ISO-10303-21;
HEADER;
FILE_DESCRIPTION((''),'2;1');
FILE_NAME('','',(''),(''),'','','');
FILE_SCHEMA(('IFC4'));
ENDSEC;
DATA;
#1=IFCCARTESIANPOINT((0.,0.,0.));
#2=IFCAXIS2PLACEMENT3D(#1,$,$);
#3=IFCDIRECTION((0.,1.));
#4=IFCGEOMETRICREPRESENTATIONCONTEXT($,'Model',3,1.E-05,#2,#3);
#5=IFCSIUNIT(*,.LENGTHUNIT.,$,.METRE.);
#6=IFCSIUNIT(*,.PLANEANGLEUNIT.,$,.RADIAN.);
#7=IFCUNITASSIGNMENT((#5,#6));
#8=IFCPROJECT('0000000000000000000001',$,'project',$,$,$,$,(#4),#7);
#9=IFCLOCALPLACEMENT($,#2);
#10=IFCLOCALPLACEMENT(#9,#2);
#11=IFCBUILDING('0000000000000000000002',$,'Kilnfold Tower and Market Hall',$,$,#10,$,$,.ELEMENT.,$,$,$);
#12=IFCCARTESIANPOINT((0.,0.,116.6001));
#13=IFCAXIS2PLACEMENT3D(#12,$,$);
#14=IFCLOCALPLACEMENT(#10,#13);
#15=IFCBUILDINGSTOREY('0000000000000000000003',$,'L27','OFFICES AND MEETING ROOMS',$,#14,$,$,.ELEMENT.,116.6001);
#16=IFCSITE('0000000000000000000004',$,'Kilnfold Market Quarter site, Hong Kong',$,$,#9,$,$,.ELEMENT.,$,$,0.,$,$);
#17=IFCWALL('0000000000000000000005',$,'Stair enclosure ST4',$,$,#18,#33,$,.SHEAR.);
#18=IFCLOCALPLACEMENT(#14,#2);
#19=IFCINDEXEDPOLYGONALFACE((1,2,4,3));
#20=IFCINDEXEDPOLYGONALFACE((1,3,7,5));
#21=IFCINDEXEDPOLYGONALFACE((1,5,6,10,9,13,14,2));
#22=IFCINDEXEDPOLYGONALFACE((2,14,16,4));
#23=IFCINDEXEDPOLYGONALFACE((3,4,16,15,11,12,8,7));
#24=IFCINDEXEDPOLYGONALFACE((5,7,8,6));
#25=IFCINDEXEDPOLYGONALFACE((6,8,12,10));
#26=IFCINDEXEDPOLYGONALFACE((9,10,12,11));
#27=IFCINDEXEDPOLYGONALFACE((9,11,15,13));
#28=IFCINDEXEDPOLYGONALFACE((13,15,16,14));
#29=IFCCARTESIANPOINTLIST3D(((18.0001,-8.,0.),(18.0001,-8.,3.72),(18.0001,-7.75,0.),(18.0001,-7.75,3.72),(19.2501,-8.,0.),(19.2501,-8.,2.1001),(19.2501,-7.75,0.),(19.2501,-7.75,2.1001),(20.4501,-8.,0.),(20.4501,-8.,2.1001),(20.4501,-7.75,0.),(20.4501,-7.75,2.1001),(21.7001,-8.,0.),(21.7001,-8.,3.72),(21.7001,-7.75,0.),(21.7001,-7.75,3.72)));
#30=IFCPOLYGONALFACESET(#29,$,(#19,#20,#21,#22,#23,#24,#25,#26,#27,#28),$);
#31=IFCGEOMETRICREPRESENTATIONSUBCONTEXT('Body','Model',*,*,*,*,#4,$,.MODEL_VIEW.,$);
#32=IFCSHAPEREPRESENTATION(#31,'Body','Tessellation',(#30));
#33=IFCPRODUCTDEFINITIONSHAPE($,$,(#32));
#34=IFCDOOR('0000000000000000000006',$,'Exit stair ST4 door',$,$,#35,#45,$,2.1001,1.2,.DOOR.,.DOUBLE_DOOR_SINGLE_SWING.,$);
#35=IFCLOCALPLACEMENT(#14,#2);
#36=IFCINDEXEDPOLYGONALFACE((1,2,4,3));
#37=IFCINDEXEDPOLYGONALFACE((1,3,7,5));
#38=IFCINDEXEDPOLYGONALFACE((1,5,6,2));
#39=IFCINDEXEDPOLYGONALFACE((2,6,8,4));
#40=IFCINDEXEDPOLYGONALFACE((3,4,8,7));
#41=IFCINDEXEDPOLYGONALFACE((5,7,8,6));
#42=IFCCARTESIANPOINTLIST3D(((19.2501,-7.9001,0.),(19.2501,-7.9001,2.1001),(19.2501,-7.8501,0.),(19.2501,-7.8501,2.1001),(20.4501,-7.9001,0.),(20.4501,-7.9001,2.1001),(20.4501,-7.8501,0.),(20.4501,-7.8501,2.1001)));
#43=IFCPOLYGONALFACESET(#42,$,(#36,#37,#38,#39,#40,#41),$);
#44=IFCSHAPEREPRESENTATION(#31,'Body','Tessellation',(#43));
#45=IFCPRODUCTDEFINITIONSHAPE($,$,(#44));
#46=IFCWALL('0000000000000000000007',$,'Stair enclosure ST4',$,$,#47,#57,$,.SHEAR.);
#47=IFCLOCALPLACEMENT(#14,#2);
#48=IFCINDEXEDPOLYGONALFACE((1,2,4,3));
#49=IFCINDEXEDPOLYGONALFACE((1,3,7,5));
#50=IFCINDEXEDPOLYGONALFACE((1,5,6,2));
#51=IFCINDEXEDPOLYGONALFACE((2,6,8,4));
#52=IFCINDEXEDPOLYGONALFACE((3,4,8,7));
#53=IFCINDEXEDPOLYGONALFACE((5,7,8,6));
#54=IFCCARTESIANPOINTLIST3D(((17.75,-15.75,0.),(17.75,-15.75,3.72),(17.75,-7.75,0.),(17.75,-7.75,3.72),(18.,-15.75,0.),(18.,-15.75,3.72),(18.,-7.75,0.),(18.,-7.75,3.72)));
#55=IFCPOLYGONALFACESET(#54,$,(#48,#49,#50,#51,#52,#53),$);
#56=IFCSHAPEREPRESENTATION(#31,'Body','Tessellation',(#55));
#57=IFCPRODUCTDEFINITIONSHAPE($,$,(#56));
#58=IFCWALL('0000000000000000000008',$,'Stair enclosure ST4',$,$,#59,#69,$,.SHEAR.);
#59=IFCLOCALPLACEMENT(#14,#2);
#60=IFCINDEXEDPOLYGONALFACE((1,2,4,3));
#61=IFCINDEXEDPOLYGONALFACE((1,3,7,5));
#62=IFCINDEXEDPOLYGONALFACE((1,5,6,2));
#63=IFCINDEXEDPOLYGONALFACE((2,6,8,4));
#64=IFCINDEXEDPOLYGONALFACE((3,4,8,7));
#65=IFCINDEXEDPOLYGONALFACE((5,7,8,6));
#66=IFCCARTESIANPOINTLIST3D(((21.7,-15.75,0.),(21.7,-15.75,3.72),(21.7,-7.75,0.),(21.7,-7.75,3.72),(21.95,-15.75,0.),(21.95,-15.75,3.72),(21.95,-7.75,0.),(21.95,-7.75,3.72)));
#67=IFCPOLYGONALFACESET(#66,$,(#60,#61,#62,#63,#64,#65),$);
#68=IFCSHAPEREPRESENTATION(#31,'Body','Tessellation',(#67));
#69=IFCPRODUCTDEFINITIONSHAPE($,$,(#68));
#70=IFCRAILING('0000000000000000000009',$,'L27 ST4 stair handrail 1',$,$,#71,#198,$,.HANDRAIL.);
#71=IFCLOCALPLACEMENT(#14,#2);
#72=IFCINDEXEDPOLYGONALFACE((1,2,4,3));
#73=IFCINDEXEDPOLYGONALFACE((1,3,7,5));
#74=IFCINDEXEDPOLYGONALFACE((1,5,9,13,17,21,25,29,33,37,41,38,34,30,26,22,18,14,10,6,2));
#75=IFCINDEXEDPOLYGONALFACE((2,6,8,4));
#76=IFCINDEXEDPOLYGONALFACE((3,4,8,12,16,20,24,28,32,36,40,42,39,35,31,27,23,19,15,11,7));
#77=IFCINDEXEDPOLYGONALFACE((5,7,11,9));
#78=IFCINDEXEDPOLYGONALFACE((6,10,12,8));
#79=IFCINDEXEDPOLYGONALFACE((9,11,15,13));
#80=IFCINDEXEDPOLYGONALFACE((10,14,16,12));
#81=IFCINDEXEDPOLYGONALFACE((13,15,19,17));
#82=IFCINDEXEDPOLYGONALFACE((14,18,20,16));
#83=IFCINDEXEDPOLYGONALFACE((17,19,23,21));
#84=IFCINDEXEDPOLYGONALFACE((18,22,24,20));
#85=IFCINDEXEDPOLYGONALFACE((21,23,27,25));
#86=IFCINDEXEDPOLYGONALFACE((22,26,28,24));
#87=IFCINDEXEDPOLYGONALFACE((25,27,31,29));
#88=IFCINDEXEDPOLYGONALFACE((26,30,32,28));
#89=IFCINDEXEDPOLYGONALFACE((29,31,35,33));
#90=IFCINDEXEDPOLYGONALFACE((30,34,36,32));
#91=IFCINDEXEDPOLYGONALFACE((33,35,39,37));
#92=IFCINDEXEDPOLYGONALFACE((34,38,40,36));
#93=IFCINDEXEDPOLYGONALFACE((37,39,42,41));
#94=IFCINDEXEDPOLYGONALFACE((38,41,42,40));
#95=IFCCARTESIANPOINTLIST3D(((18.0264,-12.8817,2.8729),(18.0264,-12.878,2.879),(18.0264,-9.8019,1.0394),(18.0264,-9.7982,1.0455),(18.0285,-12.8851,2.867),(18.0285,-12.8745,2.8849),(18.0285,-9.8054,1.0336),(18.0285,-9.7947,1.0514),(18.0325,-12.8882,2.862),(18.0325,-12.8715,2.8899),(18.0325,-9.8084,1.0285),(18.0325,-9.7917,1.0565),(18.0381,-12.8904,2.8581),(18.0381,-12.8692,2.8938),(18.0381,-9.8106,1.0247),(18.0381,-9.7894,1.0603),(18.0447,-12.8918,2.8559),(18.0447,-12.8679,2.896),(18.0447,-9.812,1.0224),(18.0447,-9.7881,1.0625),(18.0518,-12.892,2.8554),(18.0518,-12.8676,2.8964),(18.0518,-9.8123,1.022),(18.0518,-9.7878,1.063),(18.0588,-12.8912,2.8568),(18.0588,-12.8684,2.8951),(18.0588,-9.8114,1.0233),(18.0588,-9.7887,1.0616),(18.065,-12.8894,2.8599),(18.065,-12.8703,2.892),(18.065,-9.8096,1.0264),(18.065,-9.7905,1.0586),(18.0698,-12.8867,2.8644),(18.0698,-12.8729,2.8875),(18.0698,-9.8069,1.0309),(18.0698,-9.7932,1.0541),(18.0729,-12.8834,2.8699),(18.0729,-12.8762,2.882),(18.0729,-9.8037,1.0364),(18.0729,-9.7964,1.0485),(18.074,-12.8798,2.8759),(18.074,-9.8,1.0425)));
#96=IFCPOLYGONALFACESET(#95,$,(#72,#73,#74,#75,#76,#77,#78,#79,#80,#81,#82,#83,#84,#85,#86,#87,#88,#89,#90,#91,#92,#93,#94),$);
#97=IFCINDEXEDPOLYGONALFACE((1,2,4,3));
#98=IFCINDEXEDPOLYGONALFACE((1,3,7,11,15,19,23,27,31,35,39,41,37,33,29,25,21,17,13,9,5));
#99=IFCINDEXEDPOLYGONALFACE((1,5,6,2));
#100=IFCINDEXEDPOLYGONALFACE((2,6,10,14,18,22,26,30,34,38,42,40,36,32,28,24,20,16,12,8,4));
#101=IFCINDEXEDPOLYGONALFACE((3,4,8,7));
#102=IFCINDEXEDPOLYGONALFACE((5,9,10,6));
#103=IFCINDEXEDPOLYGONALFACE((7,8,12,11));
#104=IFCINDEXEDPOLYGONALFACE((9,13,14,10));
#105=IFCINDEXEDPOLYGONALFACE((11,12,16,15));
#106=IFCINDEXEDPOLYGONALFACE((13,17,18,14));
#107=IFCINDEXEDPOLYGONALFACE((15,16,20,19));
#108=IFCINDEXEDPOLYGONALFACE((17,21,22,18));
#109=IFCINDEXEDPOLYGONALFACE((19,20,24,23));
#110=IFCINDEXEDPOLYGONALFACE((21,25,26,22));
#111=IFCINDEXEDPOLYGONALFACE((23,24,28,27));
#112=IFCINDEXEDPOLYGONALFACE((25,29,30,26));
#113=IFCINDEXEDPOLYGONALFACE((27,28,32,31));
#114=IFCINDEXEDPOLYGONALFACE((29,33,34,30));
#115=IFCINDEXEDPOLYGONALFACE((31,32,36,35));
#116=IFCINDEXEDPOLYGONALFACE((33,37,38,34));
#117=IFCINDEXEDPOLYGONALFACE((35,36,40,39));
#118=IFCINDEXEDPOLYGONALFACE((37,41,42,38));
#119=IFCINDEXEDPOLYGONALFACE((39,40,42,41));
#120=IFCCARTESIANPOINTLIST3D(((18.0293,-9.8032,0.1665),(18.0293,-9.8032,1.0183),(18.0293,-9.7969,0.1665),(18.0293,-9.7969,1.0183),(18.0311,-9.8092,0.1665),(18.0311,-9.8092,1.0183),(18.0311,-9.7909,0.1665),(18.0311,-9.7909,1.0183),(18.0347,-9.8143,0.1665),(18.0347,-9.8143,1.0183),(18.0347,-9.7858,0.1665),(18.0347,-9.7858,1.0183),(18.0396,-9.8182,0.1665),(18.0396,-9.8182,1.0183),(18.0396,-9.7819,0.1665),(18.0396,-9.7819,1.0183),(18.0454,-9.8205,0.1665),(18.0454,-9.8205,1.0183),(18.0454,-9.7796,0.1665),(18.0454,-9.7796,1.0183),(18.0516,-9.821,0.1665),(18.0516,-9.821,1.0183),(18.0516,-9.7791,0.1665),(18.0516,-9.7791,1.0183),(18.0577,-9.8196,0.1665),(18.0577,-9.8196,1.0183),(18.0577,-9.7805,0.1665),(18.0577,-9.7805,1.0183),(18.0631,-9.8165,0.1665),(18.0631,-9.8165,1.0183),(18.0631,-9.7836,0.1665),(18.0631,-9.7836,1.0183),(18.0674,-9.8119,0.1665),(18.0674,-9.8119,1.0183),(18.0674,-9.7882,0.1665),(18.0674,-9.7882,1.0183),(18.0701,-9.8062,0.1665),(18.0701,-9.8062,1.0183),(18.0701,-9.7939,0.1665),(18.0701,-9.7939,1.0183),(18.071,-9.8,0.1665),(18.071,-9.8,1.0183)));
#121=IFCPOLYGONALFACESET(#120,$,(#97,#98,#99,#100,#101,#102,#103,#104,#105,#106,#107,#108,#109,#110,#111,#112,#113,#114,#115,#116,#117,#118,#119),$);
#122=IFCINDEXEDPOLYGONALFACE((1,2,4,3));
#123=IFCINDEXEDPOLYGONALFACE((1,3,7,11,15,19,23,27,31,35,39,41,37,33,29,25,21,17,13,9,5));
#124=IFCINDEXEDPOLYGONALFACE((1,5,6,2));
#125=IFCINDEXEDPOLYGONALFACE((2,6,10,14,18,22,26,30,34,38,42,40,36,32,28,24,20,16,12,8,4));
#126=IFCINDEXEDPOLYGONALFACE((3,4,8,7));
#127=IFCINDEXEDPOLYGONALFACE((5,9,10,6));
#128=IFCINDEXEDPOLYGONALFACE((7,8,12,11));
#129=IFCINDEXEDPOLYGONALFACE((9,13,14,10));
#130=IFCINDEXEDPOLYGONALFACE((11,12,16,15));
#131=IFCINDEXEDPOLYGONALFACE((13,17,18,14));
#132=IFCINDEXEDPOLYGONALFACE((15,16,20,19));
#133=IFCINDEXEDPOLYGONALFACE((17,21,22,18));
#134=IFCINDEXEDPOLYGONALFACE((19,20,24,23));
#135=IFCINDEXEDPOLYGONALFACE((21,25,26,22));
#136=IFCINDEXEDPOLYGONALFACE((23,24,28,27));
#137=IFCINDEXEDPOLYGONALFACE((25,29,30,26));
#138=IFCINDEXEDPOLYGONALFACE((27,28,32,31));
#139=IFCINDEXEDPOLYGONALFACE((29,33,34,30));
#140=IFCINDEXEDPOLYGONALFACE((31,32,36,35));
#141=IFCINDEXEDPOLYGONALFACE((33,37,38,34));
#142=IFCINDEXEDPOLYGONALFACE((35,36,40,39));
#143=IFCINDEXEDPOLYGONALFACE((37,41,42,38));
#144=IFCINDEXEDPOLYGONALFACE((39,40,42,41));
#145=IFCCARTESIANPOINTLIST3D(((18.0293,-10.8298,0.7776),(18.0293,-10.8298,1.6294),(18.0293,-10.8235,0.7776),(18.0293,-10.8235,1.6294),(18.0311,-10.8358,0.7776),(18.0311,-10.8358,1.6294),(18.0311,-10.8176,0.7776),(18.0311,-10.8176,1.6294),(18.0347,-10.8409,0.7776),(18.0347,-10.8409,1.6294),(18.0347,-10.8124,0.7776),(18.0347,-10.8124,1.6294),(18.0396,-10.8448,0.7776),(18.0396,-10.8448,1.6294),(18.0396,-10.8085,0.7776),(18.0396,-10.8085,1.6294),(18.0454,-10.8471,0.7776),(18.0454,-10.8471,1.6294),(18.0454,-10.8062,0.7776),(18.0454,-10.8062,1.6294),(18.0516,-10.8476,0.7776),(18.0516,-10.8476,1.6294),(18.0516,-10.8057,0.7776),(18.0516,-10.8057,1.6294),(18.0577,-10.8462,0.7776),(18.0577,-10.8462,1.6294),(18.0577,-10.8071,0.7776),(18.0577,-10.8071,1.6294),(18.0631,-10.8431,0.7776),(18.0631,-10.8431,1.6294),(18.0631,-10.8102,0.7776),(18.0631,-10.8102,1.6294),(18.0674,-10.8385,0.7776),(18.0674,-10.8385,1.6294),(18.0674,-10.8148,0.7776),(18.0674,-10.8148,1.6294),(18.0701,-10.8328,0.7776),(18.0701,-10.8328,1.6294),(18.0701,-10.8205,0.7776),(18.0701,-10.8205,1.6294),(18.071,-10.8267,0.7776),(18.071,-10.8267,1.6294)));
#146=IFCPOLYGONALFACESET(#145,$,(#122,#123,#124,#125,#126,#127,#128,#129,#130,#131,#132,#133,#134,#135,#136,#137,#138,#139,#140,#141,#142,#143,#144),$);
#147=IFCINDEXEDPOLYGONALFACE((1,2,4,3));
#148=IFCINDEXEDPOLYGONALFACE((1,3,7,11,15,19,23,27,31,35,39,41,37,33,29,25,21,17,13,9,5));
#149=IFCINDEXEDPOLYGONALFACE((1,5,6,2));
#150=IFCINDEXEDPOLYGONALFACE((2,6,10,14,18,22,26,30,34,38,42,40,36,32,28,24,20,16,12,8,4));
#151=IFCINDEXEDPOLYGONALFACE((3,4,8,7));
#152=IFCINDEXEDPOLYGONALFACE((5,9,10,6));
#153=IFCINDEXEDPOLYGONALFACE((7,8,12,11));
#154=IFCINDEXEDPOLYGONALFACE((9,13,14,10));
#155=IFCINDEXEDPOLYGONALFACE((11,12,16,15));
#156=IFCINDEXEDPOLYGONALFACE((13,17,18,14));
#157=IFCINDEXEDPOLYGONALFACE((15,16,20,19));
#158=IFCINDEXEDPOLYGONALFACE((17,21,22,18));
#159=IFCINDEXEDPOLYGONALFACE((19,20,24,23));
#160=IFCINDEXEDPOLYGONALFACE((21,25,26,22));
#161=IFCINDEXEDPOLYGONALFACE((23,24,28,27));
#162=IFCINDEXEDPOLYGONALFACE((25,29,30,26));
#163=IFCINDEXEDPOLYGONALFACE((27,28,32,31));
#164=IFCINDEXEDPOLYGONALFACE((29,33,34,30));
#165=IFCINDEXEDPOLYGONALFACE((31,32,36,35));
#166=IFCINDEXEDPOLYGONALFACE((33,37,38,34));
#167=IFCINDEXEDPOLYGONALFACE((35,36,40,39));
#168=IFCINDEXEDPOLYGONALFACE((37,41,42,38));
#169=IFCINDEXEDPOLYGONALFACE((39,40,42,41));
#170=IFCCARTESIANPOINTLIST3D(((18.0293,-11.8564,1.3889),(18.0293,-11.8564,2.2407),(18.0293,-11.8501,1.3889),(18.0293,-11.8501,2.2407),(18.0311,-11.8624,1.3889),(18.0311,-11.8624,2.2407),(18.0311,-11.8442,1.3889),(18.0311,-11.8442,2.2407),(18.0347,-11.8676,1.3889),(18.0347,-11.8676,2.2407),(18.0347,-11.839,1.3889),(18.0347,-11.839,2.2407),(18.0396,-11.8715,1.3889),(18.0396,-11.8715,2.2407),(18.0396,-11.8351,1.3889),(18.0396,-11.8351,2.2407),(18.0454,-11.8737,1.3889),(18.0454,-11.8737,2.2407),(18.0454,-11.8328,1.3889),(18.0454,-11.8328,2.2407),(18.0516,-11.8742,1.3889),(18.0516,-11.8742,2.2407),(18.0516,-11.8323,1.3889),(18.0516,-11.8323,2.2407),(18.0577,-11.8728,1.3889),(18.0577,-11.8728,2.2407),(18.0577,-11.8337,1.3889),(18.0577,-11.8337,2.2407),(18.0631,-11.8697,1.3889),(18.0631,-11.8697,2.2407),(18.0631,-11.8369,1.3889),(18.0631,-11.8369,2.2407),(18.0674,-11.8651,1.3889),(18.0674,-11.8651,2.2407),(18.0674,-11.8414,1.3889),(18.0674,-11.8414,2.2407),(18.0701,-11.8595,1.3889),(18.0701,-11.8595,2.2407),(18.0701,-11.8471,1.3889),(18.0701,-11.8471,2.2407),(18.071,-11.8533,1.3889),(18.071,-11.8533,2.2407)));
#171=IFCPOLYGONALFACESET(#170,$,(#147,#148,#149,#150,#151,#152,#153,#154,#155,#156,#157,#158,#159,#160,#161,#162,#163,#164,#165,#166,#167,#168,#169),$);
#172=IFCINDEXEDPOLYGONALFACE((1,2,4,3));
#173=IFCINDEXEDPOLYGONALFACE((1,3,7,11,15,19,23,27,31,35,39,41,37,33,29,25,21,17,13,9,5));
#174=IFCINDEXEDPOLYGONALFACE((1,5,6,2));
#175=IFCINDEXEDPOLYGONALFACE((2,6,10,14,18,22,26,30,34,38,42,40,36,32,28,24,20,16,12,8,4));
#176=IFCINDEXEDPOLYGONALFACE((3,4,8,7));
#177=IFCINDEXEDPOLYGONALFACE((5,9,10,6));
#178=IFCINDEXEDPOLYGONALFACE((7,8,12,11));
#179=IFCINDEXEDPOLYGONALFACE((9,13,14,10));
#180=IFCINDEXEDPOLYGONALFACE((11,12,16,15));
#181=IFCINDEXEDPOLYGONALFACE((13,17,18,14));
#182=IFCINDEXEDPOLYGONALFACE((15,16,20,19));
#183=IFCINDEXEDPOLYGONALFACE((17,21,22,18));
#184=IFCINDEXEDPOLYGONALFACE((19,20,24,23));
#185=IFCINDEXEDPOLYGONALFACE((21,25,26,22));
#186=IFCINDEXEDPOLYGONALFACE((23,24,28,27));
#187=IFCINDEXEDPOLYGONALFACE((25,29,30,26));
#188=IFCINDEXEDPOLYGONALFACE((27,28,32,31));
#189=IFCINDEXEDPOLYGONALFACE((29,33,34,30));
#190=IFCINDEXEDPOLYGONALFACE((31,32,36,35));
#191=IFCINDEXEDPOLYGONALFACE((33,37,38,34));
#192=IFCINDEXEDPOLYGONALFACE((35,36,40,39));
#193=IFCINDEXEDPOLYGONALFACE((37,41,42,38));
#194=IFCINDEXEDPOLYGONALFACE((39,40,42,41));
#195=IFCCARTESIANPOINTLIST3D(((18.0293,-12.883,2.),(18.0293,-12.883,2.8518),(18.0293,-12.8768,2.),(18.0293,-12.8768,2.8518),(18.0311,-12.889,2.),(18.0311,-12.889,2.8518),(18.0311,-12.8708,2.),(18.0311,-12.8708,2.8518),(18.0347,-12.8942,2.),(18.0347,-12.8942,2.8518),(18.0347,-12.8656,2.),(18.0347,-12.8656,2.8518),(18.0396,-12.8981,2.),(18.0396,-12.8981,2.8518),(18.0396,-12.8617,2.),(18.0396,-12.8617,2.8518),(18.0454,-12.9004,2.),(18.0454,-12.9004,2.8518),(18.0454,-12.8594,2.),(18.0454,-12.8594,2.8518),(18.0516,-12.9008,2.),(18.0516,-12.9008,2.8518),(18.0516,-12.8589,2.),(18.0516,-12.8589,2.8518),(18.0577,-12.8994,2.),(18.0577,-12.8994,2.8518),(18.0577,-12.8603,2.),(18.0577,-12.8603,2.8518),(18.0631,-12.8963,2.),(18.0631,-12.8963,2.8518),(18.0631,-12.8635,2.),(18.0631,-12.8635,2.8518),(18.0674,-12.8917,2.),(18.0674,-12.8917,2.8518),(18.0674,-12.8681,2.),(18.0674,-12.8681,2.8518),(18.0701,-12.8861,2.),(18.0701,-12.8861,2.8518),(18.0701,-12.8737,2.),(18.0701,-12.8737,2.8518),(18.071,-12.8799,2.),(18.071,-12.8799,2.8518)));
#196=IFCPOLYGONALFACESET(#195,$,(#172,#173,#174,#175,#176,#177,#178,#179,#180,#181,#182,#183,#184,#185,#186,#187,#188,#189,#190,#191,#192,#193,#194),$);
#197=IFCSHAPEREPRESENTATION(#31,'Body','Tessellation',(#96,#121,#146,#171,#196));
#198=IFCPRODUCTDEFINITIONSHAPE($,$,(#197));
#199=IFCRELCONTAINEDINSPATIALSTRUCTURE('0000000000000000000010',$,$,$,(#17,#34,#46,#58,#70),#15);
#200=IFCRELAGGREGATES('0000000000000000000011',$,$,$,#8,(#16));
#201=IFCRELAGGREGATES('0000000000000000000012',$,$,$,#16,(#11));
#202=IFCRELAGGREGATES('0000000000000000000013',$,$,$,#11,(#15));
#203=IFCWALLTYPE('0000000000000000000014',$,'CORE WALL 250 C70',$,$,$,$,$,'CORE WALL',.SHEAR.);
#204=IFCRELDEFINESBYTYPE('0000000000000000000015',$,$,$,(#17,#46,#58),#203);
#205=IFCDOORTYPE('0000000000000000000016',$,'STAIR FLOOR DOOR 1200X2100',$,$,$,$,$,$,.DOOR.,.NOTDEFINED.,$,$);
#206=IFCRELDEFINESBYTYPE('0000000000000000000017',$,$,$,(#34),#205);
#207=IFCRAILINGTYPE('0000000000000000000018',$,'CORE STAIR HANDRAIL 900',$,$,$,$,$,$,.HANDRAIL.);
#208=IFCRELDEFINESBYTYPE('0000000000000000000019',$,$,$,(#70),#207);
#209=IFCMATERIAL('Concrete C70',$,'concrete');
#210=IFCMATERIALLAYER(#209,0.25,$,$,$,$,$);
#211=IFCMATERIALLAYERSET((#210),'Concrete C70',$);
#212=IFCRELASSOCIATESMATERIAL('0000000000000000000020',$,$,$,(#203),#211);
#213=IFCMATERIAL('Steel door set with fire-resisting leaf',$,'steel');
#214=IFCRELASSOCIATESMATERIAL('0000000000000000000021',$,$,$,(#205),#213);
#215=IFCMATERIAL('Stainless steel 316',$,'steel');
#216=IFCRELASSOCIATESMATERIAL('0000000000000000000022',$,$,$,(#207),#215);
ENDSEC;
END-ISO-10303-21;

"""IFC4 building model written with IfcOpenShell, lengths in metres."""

from ifc_helpers import new_model, si_unit, direction, frame, frame_2d, origin, origin_2d, place, context, subcontext, project, spatial, rectangle, circle, extrude, source, transform, mapped, material, layer, layer_set, type_object, element, fill, save


model = new_model("IFC4")

# Units and contexts
model_context = context("Model", 3, precision=1e-05, world=origin(), true_north=direction((0.0, 1.0)))
body_context = subcontext(model_context, "Body", "Model", "MODEL_VIEW")
ifc_project = project(units=[si_unit("LENGTHUNIT", "METRE"), si_unit("PLANEANGLEUNIT", "RADIAN")], contexts=[model_context])

# Site, building, storey
site_placement = place(None, origin())
site = spatial("IfcSite", under=ifc_project, at=site_placement, Name="Kilnfold Market Quarter site, Hong Kong", CompositionType="ELEMENT", RefElevation=0.0)
building_placement = place(site_placement, origin())
building = spatial("IfcBuilding", under=site, at=building_placement, Name="Kilnfold Tower and Market Hall", CompositionType="ELEMENT")
storey_placement = place(building_placement, frame((0.0, 0.0, 116.6001)))
storey = spatial("IfcBuildingStorey", under=building, at=storey_placement, Name="L27", Description="OFFICES AND MEETING ROOMS", CompositionType="ELEMENT", Elevation=116.6001)

# Shared definitions
ifc_material_1 = material(Name="Concrete C70", Category="concrete")
ifc_layer_1 = layer(ifc_material_1, 0.25)
ifc_layer_set_1 = layer_set([ifc_layer_1], Name="Concrete C70")
wall_type_1 = type_object("IfcWallType", Name="CORE WALL 250 C70", ElementType="CORE WALL", PredefinedType="SHEAR", material=ifc_layer_set_1)
shared_shape_1 = source(origin(), body_context, "Body", "SweptSolid", [
    extrude(rectangle(XDim=3.7, YDim=0.25, at=frame_2d((1.8501, 0.0))), origin(), (0.0, 0.0, 1.0), 3.72),
])

# Wall, opening, door
wall_1_placement = place(storey_placement, frame((18.0, -7.875, 0.0), z_axis=(0.0, 0.0, 1.0), x_axis=(1.0, 0.0, 0.0)))
wall_1 = element("IfcWall", 1, at=wall_1_placement, inside=storey, type_object=wall_type_1, Name="Stair enclosure ST4", PredefinedType="SHEAR", context=body_context, shape_type="MappedRepresentation", body=[
    mapped(shared_shape_1, transform((0.0, 0.0, 0.0))),
])
opening_1_placement = place(wall_1_placement, frame((1.25, 0.0, 0.0)))
opening_1 = element("IfcOpeningElement", 2, at=opening_1_placement, cuts=wall_1, PredefinedType="OPENING", context=body_context, shape_type="SweptSolid", body=[
    extrude(rectangle(XDim=1.2, YDim=2.1001, at=frame_2d((0.6001, 1.05))), frame((0.0, 0.135, 0.0), z_axis=(0.0, -1.0, 0.0), x_axis=(1.0, 0.0, 0.0)), (0.0, 0.0, 1.0), 0.27),
])
ifc_material_2 = material(Name="Steel door set with fire-resisting leaf", Category="steel")
door_type_1 = type_object("IfcDoorType", Name="STAIR FLOOR DOOR 1200X2100", OperationType="NOTDEFINED", PredefinedType="DOOR", material=ifc_material_2)
door_1_placement = place(opening_1_placement, origin())
door_1 = element("IfcDoor", 3, at=door_1_placement, inside=storey, type_object=door_type_1, Name="Exit stair ST4 door", OperationType="DOUBLE_DOOR_SINGLE_SWING", OverallHeight=2.1001, OverallWidth=1.2, PredefinedType="DOOR", context=body_context, shape_type="SweptSolid", body=[
    extrude(rectangle(XDim=1.2, YDim=2.1001, at=frame_2d((0.6001, 1.05))), frame((0.0, 0.0249, 0.0), z_axis=(0.0, -1.0, 0.0), x_axis=(1.0, 0.0, 0.0)), (0.0, 0.0, 1.0), 0.05),
])
fill(opening_1, door_1)

# Walls
shared_shape_2 = source(origin(), body_context, "Body", "SweptSolid", [
    extrude(rectangle(XDim=8.0, YDim=0.25, at=frame_2d((4.0, 0.0))), origin(), (0.0, 0.0, 1.0), 3.72),
])
for number, where, z_axis, x_axis, name in (
    (4, (17.875, -15.75, 0.0), (0.0, 0.0, 1.0), (0.0, 1.0, 0.0), "Stair enclosure ST4"),
    (5, (21.825, -15.75, 0.0), (0.0, 0.0, 1.0), (0.0, 1.0, 0.0), "Stair enclosure ST4"),
):
    element("IfcWall", number, at=place(storey_placement, frame(where, z_axis=z_axis, x_axis=x_axis)), inside=storey, type_object=wall_type_1, Name=name, PredefinedType="SHEAR", context=body_context, shape_type="MappedRepresentation", body=[
        mapped(shared_shape_2, transform((0.0, 0.0, 0.0))),
    ])

# Railing
ifc_material_3 = material(Name="Stainless steel 316", Category="steel")
railing_type_1 = type_object("IfcRailingType", Name="CORE STAIR HANDRAIL 900", PredefinedType="HANDRAIL", material=ifc_material_3)
railing_1_placement = place(storey_placement, frame((18.05, -9.8, 0.1665)))
element("IfcRailing", 6, at=railing_1_placement, inside=storey, type_object=railing_type_1, Name="L27 ST4 stair handrail 1", PredefinedType="HANDRAIL", context=body_context, shape_type="SweptSolid", body=[
    extrude(circle(Radius=0.0239, at=origin_2d()), frame((0.0, 0.0, 0.876), z_axis=(0.0, -0.859261, 0.511538), x_axis=(1.0, 0.0, 0.0)), (0.0, 0.0, 1.0), 3.5842),
    extrude(circle(Radius=0.021, at=origin_2d()), origin(), (0.0, 0.0, 1.0), 0.8518),
    extrude(circle(Radius=0.021, at=origin_2d()), frame((0.0, -1.0266, 0.6111)), (0.0, 0.0, 1.0), 0.8518),
    extrude(circle(Radius=0.021, at=origin_2d()), frame((0.0, -2.0532, 1.2224)), (0.0, 0.0, 1.0), 0.8518),
    extrude(circle(Radius=0.021, at=origin_2d()), frame((0.0, -3.0798, 1.8335)), (0.0, 0.0, 1.0), 0.8518),
])

save(model, "model.ifc")
